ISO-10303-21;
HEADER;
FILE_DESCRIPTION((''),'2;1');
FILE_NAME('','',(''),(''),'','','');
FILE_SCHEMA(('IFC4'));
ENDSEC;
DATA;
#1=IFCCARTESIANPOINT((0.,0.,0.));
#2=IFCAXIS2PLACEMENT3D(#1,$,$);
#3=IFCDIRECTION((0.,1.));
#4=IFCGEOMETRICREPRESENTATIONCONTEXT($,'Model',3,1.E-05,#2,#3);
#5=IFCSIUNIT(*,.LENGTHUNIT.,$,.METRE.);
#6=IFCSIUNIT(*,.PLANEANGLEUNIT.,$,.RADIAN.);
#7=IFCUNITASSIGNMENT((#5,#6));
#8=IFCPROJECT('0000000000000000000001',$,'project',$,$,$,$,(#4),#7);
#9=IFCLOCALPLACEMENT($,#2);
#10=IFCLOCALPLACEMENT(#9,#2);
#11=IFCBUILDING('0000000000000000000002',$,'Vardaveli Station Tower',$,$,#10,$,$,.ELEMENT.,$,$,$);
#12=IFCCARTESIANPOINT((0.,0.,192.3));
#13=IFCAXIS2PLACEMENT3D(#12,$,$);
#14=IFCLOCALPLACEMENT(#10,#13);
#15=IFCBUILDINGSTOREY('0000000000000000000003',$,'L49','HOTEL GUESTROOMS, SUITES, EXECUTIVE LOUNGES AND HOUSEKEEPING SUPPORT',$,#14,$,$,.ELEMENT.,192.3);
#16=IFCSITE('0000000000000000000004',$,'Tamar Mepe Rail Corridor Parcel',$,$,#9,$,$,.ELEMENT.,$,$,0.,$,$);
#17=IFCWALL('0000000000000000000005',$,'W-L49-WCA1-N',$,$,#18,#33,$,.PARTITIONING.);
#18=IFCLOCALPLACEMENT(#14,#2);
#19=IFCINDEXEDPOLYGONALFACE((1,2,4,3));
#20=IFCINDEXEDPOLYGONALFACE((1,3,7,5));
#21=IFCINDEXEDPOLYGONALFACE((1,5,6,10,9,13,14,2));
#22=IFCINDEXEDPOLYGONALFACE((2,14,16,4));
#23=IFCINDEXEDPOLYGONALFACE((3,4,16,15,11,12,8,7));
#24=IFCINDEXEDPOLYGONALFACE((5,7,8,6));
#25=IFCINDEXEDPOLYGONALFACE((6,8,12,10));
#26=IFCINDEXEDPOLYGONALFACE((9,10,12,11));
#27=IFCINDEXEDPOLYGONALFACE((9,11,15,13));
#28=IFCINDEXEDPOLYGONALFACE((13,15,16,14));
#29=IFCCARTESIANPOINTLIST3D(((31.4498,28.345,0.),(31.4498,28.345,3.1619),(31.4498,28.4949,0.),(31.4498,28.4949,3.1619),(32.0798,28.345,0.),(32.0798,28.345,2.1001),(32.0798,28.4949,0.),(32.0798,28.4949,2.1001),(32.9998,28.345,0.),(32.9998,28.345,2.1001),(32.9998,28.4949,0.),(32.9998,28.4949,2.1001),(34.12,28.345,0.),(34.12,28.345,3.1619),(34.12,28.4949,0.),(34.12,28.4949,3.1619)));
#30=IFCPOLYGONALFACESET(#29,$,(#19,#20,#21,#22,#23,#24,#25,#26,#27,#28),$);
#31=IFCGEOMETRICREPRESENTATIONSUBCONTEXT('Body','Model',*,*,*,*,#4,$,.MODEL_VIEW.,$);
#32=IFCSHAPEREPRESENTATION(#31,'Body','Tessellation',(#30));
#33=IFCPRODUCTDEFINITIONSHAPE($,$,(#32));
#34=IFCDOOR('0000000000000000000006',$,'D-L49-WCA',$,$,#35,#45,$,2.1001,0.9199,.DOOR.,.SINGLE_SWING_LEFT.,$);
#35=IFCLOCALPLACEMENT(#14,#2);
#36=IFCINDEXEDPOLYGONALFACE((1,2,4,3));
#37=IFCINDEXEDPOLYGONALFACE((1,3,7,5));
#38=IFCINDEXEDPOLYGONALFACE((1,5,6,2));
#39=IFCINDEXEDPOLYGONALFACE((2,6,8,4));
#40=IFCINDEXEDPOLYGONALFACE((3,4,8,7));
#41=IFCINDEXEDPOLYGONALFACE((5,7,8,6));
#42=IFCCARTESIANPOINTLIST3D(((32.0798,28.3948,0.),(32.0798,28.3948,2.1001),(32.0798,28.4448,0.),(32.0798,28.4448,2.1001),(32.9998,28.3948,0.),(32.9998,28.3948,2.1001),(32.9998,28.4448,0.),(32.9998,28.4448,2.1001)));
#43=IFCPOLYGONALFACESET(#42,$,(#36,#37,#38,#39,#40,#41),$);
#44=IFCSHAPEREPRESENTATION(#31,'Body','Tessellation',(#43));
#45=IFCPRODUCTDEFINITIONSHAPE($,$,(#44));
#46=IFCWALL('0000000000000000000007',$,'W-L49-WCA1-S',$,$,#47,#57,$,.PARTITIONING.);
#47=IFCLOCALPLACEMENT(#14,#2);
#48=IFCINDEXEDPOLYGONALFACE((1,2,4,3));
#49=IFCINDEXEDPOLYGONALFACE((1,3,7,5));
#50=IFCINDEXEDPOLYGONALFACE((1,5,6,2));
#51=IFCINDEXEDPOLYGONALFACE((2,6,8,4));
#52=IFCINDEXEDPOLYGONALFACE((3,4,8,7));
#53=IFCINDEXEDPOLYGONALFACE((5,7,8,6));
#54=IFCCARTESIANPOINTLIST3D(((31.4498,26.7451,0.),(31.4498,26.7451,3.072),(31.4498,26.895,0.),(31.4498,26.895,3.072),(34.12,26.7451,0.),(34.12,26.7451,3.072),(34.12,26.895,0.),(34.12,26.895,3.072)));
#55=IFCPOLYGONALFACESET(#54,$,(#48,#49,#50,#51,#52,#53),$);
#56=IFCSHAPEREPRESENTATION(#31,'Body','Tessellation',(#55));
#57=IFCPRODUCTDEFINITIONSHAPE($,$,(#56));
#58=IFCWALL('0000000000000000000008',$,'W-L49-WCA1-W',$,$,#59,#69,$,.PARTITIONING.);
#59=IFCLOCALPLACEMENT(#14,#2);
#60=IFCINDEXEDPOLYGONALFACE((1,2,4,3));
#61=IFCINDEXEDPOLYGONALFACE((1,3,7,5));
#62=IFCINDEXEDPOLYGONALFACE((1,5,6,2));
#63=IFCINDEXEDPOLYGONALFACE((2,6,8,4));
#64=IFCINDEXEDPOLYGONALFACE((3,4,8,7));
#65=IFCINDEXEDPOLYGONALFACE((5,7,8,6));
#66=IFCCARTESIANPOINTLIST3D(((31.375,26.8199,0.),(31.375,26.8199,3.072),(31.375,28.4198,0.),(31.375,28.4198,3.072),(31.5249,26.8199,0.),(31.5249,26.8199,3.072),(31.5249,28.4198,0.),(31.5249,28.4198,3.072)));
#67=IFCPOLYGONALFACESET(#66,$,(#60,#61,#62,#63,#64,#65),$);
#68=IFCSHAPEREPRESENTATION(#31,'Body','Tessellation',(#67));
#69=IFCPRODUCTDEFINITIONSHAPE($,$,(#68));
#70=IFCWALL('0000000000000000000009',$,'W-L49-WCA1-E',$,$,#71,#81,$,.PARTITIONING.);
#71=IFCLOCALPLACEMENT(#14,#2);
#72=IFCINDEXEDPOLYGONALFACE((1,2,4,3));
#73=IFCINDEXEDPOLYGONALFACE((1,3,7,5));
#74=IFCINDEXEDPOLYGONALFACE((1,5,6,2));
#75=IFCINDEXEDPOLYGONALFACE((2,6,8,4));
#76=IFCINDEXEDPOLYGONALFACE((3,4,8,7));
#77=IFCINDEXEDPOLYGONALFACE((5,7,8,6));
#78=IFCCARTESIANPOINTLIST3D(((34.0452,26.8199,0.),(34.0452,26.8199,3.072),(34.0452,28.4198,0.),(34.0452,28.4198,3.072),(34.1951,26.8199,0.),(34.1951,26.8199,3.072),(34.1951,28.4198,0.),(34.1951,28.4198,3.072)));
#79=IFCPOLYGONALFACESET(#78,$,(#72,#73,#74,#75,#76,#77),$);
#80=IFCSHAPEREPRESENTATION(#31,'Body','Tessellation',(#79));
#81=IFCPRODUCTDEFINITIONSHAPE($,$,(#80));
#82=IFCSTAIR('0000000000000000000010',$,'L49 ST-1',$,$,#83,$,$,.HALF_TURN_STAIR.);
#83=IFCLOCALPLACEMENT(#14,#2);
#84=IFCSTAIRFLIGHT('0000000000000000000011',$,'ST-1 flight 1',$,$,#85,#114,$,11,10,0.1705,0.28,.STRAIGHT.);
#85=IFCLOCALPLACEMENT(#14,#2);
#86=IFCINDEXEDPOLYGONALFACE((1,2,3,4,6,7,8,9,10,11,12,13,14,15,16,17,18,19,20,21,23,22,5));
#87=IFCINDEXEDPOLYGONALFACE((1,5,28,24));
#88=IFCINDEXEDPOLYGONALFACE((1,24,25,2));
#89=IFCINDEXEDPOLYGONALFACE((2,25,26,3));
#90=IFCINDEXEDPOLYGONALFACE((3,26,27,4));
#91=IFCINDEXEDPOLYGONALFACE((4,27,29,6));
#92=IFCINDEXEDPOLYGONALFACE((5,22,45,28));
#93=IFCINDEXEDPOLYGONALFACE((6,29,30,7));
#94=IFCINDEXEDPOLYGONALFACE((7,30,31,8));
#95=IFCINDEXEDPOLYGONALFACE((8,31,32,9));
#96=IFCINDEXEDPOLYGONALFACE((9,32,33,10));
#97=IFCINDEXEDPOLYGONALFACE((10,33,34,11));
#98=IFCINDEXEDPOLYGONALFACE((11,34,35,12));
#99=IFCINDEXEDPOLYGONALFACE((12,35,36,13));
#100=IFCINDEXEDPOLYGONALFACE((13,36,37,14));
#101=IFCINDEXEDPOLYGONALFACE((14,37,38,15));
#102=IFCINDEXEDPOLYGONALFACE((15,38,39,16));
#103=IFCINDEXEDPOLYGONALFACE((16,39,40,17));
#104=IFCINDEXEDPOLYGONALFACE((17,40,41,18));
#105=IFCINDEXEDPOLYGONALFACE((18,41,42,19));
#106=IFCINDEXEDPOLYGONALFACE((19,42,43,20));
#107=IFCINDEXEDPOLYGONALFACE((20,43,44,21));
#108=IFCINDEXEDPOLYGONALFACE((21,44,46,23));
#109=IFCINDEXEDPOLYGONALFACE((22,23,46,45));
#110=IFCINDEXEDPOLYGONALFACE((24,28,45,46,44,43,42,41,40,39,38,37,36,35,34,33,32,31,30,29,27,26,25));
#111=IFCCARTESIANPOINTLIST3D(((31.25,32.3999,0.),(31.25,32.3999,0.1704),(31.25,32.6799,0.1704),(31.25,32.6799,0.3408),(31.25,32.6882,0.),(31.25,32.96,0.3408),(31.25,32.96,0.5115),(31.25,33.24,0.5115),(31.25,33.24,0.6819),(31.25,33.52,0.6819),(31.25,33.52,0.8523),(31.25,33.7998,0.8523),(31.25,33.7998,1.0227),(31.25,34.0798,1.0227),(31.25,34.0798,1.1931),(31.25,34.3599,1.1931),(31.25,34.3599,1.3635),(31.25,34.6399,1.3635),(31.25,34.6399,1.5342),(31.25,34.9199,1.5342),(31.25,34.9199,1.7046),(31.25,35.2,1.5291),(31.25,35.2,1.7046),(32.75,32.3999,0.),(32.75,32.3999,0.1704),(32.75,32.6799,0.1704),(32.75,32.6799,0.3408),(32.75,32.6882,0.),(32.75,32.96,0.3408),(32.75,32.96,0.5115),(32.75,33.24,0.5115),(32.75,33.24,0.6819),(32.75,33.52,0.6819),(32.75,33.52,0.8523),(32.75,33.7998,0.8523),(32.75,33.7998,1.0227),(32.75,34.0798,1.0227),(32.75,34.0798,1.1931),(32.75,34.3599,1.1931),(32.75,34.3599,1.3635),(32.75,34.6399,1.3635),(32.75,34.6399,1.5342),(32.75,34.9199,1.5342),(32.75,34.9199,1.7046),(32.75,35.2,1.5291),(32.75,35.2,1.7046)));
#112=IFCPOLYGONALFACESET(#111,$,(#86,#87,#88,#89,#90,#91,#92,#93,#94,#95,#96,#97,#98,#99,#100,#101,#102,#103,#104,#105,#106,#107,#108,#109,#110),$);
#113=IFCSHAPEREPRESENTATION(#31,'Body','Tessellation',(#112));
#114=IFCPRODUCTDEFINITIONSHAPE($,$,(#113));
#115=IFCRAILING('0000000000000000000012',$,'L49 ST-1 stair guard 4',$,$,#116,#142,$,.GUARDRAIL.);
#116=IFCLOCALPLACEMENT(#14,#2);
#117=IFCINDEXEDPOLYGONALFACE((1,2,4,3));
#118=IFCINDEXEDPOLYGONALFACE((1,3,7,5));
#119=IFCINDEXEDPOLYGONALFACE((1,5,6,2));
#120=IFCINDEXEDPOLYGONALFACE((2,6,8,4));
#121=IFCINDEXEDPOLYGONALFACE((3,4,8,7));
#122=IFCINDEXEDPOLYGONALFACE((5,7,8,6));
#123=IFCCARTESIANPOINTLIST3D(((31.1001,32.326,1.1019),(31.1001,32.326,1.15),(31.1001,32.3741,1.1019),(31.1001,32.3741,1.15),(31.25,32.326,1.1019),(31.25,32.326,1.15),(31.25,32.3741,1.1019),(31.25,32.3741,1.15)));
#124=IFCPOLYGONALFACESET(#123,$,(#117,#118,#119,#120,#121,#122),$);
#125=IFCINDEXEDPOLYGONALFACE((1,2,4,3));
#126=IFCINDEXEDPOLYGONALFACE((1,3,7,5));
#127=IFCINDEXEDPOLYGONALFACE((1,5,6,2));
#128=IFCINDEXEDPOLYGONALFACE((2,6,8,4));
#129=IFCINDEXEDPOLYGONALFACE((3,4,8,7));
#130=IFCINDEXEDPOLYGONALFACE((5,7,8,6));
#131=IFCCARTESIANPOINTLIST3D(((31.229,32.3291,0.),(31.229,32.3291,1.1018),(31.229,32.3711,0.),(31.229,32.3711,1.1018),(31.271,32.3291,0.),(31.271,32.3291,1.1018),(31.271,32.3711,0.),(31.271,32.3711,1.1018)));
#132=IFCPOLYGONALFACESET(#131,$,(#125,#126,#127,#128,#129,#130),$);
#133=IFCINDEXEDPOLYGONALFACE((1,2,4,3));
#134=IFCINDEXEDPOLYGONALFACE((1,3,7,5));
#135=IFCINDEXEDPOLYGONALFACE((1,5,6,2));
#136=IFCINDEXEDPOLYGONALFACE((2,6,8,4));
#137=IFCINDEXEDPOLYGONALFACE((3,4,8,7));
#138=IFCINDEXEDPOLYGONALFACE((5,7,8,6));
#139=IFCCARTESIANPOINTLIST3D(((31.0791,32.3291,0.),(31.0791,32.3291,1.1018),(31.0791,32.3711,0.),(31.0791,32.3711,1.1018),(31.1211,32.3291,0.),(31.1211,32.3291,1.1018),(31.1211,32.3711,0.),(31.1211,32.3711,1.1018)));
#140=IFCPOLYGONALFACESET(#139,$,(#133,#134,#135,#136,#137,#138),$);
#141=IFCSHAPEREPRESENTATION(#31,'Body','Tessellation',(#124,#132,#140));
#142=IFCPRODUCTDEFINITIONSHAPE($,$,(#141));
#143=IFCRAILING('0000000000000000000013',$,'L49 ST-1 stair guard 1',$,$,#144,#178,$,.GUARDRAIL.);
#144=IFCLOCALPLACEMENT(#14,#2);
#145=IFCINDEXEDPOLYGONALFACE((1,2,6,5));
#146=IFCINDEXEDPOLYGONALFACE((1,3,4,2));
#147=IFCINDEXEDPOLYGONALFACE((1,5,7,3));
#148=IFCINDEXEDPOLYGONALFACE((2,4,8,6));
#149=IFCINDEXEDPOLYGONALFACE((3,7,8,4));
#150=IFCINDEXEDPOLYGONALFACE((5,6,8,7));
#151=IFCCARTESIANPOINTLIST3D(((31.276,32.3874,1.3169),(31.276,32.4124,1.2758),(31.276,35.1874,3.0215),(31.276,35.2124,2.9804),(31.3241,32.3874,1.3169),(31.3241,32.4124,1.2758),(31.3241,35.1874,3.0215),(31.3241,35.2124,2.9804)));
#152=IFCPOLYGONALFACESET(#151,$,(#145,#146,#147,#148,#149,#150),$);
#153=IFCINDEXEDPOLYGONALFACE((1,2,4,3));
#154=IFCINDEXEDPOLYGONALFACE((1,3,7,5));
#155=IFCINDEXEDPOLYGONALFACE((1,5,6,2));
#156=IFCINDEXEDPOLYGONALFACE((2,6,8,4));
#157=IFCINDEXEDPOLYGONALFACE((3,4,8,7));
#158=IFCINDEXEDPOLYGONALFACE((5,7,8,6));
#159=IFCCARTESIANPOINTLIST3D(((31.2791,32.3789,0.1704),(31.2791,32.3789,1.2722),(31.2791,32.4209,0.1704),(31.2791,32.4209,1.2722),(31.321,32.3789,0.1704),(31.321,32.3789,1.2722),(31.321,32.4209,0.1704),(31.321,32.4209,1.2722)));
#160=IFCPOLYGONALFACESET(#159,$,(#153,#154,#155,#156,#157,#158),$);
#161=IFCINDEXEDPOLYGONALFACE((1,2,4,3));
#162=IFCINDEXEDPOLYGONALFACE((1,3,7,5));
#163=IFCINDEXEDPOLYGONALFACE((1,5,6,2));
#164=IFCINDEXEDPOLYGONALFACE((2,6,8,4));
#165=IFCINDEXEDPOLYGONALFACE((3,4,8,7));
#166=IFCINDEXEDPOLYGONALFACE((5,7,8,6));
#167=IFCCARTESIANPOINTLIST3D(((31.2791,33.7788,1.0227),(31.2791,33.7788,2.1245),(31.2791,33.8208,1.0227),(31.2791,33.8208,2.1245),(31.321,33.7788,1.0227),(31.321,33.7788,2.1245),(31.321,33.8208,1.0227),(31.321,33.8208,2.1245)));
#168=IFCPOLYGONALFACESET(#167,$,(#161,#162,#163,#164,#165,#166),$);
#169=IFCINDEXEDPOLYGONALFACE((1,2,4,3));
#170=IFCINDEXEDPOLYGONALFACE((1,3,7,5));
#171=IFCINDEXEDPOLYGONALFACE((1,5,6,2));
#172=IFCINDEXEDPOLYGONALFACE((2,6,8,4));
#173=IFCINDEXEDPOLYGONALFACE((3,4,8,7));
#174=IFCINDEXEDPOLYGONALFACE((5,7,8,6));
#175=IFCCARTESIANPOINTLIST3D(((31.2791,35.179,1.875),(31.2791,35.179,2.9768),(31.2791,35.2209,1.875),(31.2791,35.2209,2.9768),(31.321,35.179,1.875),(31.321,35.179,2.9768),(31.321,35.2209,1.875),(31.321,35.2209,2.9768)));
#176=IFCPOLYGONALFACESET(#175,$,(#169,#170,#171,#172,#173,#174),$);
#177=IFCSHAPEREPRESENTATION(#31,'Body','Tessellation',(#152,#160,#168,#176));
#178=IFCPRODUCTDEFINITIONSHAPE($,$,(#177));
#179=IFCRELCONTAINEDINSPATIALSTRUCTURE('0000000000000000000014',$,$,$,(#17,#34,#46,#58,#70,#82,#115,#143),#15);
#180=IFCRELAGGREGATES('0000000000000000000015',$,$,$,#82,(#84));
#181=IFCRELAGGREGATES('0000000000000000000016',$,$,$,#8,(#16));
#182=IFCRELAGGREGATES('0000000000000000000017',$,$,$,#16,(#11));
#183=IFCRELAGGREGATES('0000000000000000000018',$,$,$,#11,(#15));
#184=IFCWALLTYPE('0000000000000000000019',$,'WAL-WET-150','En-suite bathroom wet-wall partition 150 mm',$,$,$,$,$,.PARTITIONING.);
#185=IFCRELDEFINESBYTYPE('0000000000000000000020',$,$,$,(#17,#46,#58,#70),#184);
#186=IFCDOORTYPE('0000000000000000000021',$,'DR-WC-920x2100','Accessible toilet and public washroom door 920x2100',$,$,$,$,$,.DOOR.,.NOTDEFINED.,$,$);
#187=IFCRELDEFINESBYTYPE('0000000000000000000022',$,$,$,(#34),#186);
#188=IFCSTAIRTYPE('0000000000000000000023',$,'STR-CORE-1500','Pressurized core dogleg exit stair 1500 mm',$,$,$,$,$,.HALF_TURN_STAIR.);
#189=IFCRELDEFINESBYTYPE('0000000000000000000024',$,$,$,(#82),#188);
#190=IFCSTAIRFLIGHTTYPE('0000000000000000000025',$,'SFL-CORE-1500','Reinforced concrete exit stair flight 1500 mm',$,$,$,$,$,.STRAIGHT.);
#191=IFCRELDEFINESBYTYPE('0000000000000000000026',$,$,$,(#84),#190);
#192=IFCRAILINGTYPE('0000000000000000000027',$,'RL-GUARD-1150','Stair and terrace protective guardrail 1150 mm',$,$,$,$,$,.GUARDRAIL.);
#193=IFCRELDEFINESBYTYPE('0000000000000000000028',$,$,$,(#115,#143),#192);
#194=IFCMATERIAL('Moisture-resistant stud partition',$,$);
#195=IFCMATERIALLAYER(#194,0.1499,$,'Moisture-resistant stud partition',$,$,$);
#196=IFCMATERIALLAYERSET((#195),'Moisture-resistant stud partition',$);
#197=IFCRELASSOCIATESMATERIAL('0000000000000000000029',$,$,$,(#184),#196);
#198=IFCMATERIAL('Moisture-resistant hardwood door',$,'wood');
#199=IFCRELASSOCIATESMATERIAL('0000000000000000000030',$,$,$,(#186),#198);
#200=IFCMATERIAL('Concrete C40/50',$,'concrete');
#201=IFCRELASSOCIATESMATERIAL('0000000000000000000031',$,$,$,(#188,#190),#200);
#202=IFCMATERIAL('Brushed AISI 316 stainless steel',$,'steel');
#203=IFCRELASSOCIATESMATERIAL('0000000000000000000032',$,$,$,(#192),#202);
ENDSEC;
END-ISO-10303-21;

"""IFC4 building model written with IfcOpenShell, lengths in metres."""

from ifc_helpers import new_model, si_unit, direction, frame, frame_2d, origin, origin_2d, place, context, subcontext, project, spatial, polyline, rectangle, outline, extrude, source, transform, mapped, material, layer, layer_set, type_object, element, fill, aggregate, save


model = new_model("IFC4")

# Units and contexts
model_context = context("Model", 3, precision=1e-05, world=origin(), true_north=direction((0.0, 1.0)))
body_context = subcontext(model_context, "Body", "Model", "MODEL_VIEW")
ifc_project = project(units=[si_unit("LENGTHUNIT", "METRE"), si_unit("PLANEANGLEUNIT", "RADIAN")], contexts=[model_context])

# Site, building, storey
site_placement = place(None, origin())
site = spatial("IfcSite", under=ifc_project, at=site_placement, Name="Tamar Mepe Rail Corridor Parcel", CompositionType="ELEMENT", RefElevation=0.0)
building_placement = place(site_placement, origin())
building = spatial("IfcBuilding", under=site, at=building_placement, Name="Vardaveli Station Tower", CompositionType="ELEMENT")
storey_placement = place(building_placement, frame((0.0, 0.0, 192.3)))
storey = spatial("IfcBuildingStorey", under=building, at=storey_placement, Name="L49", Description="HOTEL GUESTROOMS, SUITES, EXECUTIVE LOUNGES AND HOUSEKEEPING SUPPORT", CompositionType="ELEMENT", Elevation=192.3)

# Shared definitions
ifc_material_1 = material(Name="Concrete C40/50", Category="concrete")

# Wall, opening, door
ifc_material_2 = material(Name="Moisture-resistant stud partition")
ifc_layer_1 = layer(ifc_material_2, 0.1499, Name="Moisture-resistant stud partition")
ifc_layer_set_1 = layer_set([ifc_layer_1], Name="Moisture-resistant stud partition")
wall_type_1 = type_object("IfcWallType", Name="WAL-WET-150", Description="En-suite bathroom wet-wall partition 150 mm", PredefinedType="PARTITIONING", material=ifc_layer_set_1)
shared_shape_1 = source(origin(), body_context, "Body", "SweptSolid", [
    extrude(rectangle(XDim=2.6702, YDim=0.1499, at=frame_2d((1.335, 0.0))), origin(), (0.0, 0.0, 1.0), 3.1619),
])
wall_1_placement = place(storey_placement, frame((31.45, 28.4199, 0.0), z_axis=(0.0, 0.0, 1.0), x_axis=(1.0, 0.0, 0.0)))
wall_1 = element("IfcWall", 1, at=wall_1_placement, inside=storey, type_object=wall_type_1, Name="W-L49-WCA1-N", PredefinedType="PARTITIONING", context=body_context, shape_type="MappedRepresentation", body=[
    mapped(shared_shape_1, transform((0.0, 0.0, 0.0), scale=1.0)),
])
shared_shape_2 = source(origin(), body_context, "Body", "SweptSolid", [
    extrude(rectangle(XDim=0.9199, YDim=2.1001, at=frame_2d((0.46, 1.05))), frame((0.0, 0.085, 0.0), z_axis=(0.0, -1.0, 0.0), x_axis=(1.0, 0.0, 0.0)), (0.0, 0.0, 1.0), 0.1699),
])
opening_1_placement = place(wall_1_placement, frame((0.6299, 0.0, 0.0)))
opening_1 = element("IfcOpeningElement", 2, at=opening_1_placement, cuts=wall_1, PredefinedType="OPENING", context=body_context, shape_type="MappedRepresentation", body=[
    mapped(shared_shape_2, transform((0.0, 0.0, 0.0), scale=1.0)),
])
ifc_material_3 = material(Name="Moisture-resistant hardwood door", Category="wood")
door_type_1 = type_object("IfcDoorType", Name="DR-WC-920x2100", Description="Accessible toilet and public washroom door 920x2100", OperationType="NOTDEFINED", PredefinedType="DOOR", material=ifc_material_3)
shared_shape_3 = source(origin(), body_context, "Body", "SweptSolid", [
    extrude(rectangle(XDim=0.9199, YDim=2.1001, at=frame_2d((0.46, 1.05))), frame((0.0, 0.0249, 0.0), z_axis=(0.0, -1.0, 0.0), x_axis=(1.0, 0.0, 0.0)), (0.0, 0.0, 1.0), 0.05),
])
door_1_placement = place(opening_1_placement, origin())
door_1 = element("IfcDoor", 3, at=door_1_placement, inside=storey, type_object=door_type_1, Name="D-L49-WCA", OperationType="SINGLE_SWING_LEFT", OverallHeight=2.1001, OverallWidth=0.9199, PredefinedType="DOOR", context=body_context, shape_type="MappedRepresentation", body=[
    mapped(shared_shape_3, transform((0.0, 0.0, 0.0), scale=1.0)),
])
fill(opening_1, door_1)

# Walls
shared_shape_4 = source(origin(), body_context, "Body", "SweptSolid", [
    extrude(rectangle(XDim=2.6702, YDim=0.1499, at=frame_2d((1.335, 0.0))), origin(), (0.0, 0.0, 1.0), 3.072),
])
wall_2_placement = place(storey_placement, frame((31.45, 26.8201, 0.0), z_axis=(0.0, 0.0, 1.0), x_axis=(1.0, 0.0, 0.0)))
element("IfcWall", 4, at=wall_2_placement, inside=storey, type_object=wall_type_1, Name="W-L49-WCA1-S", PredefinedType="PARTITIONING", context=body_context, shape_type="MappedRepresentation", body=[
    mapped(shared_shape_4, transform((0.0, 0.0, 0.0), scale=1.0)),
])
shared_shape_5 = source(origin(), body_context, "Body", "SweptSolid", [
    extrude(rectangle(XDim=1.5999, YDim=0.1499, at=frame_2d((0.7998, 0.0))), origin(), (0.0, 0.0, 1.0), 3.072),
])
for number, where, z_axis, x_axis, name in (
    (5, (31.45, 26.8201, 0.0), (0.0, 0.0, 1.0), (0.0, 1.0, 0.0), "W-L49-WCA1-W"),
    (6, (34.1201, 26.8201, 0.0), (0.0, 0.0, 1.0), (0.0, 1.0, 0.0), "W-L49-WCA1-E"),
):
    element("IfcWall", number, at=place(storey_placement, frame(where, z_axis=z_axis, x_axis=x_axis)), inside=storey, type_object=wall_type_1, Name=name, PredefinedType="PARTITIONING", context=body_context, shape_type="MappedRepresentation", body=[
        mapped(shared_shape_5, transform((0.0, 0.0, 0.0), scale=1.0)),
    ])

# Stair, stair flight
stair_type = type_object("IfcStairType", Name="STR-CORE-1500", Description="Pressurized core dogleg exit stair 1500 mm", PredefinedType="HALF_TURN_STAIR", material=ifc_material_1)
stair_placement = place(storey_placement, origin())
stair = element("IfcStair", 7, at=stair_placement, inside=storey, type_object=stair_type, Name="L49 ST-1", PredefinedType="HALF_TURN_STAIR")
stair_flight_type = type_object("IfcStairFlightType", Name="SFL-CORE-1500", Description="Reinforced concrete exit stair flight 1500 mm", PredefinedType="STRAIGHT", material=ifc_material_1)
shared_shape_6 = source(origin(), body_context, "Body", "SweptSolid", [
    extrude(outline(polyline([(0.0, 0.0), (0.0, 0.1704), (0.28, 0.1704), (0.28, 0.3408), (0.5601, 0.3408), (0.5601, 0.5115), (0.8401, 0.5115), (0.8401, 0.6819), (1.1201, 0.6819), (1.1201, 0.8523), (1.3999, 0.8523), (1.3999, 1.0227), (1.6799, 1.0227), (1.6799, 1.1931), (1.96, 1.1931), (1.96, 1.3635), (2.24, 1.3635), (2.24, 1.5342), (2.52, 1.5342), (2.52, 1.7046), (2.8, 1.7046), (2.8, 1.875), (2.8, 1.5291), (0.2883, 0.0), (0.0, 0.0)])), frame((0.0, 0.75, 0.0), z_axis=(0.0, -1.0, 0.0), x_axis=(1.0, 0.0, 0.0)), (0.0, 0.0, 1.0), 1.5),
])
stair_flight_placement = place(storey_placement, frame((32.0, 32.3999, 0.0), z_axis=(0.0, 0.0, 1.0), x_axis=(0.0, 1.0, 0.0)))
stair_flight = element("IfcStairFlight", 8, at=stair_flight_placement, type_object=stair_flight_type, Name="ST-1 flight 1", NumberOfRisers=11, NumberOfTreads=10, PredefinedType="STRAIGHT", RiserHeight=0.1705, TreadLength=0.28, context=body_context, shape_type="MappedRepresentation", body=[
    mapped(shared_shape_6, transform((0.0, 0.0, 0.0), scale=1.0)),
])
aggregate(stair, [stair_flight])

# Railings
ifc_material_4 = material(Name="Brushed AISI 316 stainless steel", Category="steel")
railing_type_1 = type_object("IfcRailingType", Name="RL-GUARD-1150", Description="Stair and terrace protective guardrail 1150 mm", PredefinedType="GUARDRAIL", material=ifc_material_4)
shared_shape_7 = source(origin(), body_context, "Body", "SweptSolid", [
    extrude(rectangle(XDim=0.0481, YDim=0.0481, at=origin_2d()), frame((0.0, 0.0, 1.126), z_axis=(-1.0, 0.0, 0.0), x_axis=(0.0, -1.0, 0.0)), (0.0, 0.0, 1.0), 0.1499),
    extrude(rectangle(XDim=0.042, YDim=0.042, at=origin_2d()), origin(), (0.0, 0.0, 1.0), 1.1018),
    extrude(rectangle(XDim=0.042, YDim=0.042, at=origin_2d()), frame((-0.1499, 0.0, 0.0)), (0.0, 0.0, 1.0), 1.1018),
])
railing_1_placement = place(storey_placement, frame((31.25, 32.3501, 0.0)))
element("IfcRailing", 9, at=railing_1_placement, inside=storey, type_object=railing_type_1, Name="L49 ST-1 stair guard 4", PredefinedType="GUARDRAIL", context=body_context, shape_type="MappedRepresentation", body=[
    mapped(shared_shape_7, transform((0.0, 0.0, 0.0), scale=1.0)),
])
shared_shape_8 = source(origin(), body_context, "Body", "SweptSolid", [
    extrude(rectangle(XDim=0.0481, YDim=0.0481, at=origin_2d()), frame((0.0, 0.0, 1.126), z_axis=(0.0, 0.85417, 0.519994), x_axis=(-1.0, 0.0, 0.0)), (0.0, 0.0, 1.0), 3.2781),
    extrude(rectangle(XDim=0.042, YDim=0.042, at=origin_2d()), origin(), (0.0, 0.0, 1.0), 1.1018),
    extrude(rectangle(XDim=0.042, YDim=0.042, at=origin_2d()), frame((0.0, 1.3999, 0.8523)), (0.0, 0.0, 1.0), 1.1018),
    extrude(rectangle(XDim=0.042, YDim=0.042, at=origin_2d()), frame((0.0, 2.8, 1.7046)), (0.0, 0.0, 1.0), 1.1018),
])
railing_2_placement = place(storey_placement, frame((31.3, 32.3999, 0.1704)))
element("IfcRailing", 10, at=railing_2_placement, inside=storey, type_object=railing_type_1, Name="L49 ST-1 stair guard 1", PredefinedType="GUARDRAIL", context=body_context, shape_type="MappedRepresentation", body=[
    mapped(shared_shape_8, transform((0.0, 0.0, 0.0), scale=1.0)),
])

save(model, "model.ifc")
